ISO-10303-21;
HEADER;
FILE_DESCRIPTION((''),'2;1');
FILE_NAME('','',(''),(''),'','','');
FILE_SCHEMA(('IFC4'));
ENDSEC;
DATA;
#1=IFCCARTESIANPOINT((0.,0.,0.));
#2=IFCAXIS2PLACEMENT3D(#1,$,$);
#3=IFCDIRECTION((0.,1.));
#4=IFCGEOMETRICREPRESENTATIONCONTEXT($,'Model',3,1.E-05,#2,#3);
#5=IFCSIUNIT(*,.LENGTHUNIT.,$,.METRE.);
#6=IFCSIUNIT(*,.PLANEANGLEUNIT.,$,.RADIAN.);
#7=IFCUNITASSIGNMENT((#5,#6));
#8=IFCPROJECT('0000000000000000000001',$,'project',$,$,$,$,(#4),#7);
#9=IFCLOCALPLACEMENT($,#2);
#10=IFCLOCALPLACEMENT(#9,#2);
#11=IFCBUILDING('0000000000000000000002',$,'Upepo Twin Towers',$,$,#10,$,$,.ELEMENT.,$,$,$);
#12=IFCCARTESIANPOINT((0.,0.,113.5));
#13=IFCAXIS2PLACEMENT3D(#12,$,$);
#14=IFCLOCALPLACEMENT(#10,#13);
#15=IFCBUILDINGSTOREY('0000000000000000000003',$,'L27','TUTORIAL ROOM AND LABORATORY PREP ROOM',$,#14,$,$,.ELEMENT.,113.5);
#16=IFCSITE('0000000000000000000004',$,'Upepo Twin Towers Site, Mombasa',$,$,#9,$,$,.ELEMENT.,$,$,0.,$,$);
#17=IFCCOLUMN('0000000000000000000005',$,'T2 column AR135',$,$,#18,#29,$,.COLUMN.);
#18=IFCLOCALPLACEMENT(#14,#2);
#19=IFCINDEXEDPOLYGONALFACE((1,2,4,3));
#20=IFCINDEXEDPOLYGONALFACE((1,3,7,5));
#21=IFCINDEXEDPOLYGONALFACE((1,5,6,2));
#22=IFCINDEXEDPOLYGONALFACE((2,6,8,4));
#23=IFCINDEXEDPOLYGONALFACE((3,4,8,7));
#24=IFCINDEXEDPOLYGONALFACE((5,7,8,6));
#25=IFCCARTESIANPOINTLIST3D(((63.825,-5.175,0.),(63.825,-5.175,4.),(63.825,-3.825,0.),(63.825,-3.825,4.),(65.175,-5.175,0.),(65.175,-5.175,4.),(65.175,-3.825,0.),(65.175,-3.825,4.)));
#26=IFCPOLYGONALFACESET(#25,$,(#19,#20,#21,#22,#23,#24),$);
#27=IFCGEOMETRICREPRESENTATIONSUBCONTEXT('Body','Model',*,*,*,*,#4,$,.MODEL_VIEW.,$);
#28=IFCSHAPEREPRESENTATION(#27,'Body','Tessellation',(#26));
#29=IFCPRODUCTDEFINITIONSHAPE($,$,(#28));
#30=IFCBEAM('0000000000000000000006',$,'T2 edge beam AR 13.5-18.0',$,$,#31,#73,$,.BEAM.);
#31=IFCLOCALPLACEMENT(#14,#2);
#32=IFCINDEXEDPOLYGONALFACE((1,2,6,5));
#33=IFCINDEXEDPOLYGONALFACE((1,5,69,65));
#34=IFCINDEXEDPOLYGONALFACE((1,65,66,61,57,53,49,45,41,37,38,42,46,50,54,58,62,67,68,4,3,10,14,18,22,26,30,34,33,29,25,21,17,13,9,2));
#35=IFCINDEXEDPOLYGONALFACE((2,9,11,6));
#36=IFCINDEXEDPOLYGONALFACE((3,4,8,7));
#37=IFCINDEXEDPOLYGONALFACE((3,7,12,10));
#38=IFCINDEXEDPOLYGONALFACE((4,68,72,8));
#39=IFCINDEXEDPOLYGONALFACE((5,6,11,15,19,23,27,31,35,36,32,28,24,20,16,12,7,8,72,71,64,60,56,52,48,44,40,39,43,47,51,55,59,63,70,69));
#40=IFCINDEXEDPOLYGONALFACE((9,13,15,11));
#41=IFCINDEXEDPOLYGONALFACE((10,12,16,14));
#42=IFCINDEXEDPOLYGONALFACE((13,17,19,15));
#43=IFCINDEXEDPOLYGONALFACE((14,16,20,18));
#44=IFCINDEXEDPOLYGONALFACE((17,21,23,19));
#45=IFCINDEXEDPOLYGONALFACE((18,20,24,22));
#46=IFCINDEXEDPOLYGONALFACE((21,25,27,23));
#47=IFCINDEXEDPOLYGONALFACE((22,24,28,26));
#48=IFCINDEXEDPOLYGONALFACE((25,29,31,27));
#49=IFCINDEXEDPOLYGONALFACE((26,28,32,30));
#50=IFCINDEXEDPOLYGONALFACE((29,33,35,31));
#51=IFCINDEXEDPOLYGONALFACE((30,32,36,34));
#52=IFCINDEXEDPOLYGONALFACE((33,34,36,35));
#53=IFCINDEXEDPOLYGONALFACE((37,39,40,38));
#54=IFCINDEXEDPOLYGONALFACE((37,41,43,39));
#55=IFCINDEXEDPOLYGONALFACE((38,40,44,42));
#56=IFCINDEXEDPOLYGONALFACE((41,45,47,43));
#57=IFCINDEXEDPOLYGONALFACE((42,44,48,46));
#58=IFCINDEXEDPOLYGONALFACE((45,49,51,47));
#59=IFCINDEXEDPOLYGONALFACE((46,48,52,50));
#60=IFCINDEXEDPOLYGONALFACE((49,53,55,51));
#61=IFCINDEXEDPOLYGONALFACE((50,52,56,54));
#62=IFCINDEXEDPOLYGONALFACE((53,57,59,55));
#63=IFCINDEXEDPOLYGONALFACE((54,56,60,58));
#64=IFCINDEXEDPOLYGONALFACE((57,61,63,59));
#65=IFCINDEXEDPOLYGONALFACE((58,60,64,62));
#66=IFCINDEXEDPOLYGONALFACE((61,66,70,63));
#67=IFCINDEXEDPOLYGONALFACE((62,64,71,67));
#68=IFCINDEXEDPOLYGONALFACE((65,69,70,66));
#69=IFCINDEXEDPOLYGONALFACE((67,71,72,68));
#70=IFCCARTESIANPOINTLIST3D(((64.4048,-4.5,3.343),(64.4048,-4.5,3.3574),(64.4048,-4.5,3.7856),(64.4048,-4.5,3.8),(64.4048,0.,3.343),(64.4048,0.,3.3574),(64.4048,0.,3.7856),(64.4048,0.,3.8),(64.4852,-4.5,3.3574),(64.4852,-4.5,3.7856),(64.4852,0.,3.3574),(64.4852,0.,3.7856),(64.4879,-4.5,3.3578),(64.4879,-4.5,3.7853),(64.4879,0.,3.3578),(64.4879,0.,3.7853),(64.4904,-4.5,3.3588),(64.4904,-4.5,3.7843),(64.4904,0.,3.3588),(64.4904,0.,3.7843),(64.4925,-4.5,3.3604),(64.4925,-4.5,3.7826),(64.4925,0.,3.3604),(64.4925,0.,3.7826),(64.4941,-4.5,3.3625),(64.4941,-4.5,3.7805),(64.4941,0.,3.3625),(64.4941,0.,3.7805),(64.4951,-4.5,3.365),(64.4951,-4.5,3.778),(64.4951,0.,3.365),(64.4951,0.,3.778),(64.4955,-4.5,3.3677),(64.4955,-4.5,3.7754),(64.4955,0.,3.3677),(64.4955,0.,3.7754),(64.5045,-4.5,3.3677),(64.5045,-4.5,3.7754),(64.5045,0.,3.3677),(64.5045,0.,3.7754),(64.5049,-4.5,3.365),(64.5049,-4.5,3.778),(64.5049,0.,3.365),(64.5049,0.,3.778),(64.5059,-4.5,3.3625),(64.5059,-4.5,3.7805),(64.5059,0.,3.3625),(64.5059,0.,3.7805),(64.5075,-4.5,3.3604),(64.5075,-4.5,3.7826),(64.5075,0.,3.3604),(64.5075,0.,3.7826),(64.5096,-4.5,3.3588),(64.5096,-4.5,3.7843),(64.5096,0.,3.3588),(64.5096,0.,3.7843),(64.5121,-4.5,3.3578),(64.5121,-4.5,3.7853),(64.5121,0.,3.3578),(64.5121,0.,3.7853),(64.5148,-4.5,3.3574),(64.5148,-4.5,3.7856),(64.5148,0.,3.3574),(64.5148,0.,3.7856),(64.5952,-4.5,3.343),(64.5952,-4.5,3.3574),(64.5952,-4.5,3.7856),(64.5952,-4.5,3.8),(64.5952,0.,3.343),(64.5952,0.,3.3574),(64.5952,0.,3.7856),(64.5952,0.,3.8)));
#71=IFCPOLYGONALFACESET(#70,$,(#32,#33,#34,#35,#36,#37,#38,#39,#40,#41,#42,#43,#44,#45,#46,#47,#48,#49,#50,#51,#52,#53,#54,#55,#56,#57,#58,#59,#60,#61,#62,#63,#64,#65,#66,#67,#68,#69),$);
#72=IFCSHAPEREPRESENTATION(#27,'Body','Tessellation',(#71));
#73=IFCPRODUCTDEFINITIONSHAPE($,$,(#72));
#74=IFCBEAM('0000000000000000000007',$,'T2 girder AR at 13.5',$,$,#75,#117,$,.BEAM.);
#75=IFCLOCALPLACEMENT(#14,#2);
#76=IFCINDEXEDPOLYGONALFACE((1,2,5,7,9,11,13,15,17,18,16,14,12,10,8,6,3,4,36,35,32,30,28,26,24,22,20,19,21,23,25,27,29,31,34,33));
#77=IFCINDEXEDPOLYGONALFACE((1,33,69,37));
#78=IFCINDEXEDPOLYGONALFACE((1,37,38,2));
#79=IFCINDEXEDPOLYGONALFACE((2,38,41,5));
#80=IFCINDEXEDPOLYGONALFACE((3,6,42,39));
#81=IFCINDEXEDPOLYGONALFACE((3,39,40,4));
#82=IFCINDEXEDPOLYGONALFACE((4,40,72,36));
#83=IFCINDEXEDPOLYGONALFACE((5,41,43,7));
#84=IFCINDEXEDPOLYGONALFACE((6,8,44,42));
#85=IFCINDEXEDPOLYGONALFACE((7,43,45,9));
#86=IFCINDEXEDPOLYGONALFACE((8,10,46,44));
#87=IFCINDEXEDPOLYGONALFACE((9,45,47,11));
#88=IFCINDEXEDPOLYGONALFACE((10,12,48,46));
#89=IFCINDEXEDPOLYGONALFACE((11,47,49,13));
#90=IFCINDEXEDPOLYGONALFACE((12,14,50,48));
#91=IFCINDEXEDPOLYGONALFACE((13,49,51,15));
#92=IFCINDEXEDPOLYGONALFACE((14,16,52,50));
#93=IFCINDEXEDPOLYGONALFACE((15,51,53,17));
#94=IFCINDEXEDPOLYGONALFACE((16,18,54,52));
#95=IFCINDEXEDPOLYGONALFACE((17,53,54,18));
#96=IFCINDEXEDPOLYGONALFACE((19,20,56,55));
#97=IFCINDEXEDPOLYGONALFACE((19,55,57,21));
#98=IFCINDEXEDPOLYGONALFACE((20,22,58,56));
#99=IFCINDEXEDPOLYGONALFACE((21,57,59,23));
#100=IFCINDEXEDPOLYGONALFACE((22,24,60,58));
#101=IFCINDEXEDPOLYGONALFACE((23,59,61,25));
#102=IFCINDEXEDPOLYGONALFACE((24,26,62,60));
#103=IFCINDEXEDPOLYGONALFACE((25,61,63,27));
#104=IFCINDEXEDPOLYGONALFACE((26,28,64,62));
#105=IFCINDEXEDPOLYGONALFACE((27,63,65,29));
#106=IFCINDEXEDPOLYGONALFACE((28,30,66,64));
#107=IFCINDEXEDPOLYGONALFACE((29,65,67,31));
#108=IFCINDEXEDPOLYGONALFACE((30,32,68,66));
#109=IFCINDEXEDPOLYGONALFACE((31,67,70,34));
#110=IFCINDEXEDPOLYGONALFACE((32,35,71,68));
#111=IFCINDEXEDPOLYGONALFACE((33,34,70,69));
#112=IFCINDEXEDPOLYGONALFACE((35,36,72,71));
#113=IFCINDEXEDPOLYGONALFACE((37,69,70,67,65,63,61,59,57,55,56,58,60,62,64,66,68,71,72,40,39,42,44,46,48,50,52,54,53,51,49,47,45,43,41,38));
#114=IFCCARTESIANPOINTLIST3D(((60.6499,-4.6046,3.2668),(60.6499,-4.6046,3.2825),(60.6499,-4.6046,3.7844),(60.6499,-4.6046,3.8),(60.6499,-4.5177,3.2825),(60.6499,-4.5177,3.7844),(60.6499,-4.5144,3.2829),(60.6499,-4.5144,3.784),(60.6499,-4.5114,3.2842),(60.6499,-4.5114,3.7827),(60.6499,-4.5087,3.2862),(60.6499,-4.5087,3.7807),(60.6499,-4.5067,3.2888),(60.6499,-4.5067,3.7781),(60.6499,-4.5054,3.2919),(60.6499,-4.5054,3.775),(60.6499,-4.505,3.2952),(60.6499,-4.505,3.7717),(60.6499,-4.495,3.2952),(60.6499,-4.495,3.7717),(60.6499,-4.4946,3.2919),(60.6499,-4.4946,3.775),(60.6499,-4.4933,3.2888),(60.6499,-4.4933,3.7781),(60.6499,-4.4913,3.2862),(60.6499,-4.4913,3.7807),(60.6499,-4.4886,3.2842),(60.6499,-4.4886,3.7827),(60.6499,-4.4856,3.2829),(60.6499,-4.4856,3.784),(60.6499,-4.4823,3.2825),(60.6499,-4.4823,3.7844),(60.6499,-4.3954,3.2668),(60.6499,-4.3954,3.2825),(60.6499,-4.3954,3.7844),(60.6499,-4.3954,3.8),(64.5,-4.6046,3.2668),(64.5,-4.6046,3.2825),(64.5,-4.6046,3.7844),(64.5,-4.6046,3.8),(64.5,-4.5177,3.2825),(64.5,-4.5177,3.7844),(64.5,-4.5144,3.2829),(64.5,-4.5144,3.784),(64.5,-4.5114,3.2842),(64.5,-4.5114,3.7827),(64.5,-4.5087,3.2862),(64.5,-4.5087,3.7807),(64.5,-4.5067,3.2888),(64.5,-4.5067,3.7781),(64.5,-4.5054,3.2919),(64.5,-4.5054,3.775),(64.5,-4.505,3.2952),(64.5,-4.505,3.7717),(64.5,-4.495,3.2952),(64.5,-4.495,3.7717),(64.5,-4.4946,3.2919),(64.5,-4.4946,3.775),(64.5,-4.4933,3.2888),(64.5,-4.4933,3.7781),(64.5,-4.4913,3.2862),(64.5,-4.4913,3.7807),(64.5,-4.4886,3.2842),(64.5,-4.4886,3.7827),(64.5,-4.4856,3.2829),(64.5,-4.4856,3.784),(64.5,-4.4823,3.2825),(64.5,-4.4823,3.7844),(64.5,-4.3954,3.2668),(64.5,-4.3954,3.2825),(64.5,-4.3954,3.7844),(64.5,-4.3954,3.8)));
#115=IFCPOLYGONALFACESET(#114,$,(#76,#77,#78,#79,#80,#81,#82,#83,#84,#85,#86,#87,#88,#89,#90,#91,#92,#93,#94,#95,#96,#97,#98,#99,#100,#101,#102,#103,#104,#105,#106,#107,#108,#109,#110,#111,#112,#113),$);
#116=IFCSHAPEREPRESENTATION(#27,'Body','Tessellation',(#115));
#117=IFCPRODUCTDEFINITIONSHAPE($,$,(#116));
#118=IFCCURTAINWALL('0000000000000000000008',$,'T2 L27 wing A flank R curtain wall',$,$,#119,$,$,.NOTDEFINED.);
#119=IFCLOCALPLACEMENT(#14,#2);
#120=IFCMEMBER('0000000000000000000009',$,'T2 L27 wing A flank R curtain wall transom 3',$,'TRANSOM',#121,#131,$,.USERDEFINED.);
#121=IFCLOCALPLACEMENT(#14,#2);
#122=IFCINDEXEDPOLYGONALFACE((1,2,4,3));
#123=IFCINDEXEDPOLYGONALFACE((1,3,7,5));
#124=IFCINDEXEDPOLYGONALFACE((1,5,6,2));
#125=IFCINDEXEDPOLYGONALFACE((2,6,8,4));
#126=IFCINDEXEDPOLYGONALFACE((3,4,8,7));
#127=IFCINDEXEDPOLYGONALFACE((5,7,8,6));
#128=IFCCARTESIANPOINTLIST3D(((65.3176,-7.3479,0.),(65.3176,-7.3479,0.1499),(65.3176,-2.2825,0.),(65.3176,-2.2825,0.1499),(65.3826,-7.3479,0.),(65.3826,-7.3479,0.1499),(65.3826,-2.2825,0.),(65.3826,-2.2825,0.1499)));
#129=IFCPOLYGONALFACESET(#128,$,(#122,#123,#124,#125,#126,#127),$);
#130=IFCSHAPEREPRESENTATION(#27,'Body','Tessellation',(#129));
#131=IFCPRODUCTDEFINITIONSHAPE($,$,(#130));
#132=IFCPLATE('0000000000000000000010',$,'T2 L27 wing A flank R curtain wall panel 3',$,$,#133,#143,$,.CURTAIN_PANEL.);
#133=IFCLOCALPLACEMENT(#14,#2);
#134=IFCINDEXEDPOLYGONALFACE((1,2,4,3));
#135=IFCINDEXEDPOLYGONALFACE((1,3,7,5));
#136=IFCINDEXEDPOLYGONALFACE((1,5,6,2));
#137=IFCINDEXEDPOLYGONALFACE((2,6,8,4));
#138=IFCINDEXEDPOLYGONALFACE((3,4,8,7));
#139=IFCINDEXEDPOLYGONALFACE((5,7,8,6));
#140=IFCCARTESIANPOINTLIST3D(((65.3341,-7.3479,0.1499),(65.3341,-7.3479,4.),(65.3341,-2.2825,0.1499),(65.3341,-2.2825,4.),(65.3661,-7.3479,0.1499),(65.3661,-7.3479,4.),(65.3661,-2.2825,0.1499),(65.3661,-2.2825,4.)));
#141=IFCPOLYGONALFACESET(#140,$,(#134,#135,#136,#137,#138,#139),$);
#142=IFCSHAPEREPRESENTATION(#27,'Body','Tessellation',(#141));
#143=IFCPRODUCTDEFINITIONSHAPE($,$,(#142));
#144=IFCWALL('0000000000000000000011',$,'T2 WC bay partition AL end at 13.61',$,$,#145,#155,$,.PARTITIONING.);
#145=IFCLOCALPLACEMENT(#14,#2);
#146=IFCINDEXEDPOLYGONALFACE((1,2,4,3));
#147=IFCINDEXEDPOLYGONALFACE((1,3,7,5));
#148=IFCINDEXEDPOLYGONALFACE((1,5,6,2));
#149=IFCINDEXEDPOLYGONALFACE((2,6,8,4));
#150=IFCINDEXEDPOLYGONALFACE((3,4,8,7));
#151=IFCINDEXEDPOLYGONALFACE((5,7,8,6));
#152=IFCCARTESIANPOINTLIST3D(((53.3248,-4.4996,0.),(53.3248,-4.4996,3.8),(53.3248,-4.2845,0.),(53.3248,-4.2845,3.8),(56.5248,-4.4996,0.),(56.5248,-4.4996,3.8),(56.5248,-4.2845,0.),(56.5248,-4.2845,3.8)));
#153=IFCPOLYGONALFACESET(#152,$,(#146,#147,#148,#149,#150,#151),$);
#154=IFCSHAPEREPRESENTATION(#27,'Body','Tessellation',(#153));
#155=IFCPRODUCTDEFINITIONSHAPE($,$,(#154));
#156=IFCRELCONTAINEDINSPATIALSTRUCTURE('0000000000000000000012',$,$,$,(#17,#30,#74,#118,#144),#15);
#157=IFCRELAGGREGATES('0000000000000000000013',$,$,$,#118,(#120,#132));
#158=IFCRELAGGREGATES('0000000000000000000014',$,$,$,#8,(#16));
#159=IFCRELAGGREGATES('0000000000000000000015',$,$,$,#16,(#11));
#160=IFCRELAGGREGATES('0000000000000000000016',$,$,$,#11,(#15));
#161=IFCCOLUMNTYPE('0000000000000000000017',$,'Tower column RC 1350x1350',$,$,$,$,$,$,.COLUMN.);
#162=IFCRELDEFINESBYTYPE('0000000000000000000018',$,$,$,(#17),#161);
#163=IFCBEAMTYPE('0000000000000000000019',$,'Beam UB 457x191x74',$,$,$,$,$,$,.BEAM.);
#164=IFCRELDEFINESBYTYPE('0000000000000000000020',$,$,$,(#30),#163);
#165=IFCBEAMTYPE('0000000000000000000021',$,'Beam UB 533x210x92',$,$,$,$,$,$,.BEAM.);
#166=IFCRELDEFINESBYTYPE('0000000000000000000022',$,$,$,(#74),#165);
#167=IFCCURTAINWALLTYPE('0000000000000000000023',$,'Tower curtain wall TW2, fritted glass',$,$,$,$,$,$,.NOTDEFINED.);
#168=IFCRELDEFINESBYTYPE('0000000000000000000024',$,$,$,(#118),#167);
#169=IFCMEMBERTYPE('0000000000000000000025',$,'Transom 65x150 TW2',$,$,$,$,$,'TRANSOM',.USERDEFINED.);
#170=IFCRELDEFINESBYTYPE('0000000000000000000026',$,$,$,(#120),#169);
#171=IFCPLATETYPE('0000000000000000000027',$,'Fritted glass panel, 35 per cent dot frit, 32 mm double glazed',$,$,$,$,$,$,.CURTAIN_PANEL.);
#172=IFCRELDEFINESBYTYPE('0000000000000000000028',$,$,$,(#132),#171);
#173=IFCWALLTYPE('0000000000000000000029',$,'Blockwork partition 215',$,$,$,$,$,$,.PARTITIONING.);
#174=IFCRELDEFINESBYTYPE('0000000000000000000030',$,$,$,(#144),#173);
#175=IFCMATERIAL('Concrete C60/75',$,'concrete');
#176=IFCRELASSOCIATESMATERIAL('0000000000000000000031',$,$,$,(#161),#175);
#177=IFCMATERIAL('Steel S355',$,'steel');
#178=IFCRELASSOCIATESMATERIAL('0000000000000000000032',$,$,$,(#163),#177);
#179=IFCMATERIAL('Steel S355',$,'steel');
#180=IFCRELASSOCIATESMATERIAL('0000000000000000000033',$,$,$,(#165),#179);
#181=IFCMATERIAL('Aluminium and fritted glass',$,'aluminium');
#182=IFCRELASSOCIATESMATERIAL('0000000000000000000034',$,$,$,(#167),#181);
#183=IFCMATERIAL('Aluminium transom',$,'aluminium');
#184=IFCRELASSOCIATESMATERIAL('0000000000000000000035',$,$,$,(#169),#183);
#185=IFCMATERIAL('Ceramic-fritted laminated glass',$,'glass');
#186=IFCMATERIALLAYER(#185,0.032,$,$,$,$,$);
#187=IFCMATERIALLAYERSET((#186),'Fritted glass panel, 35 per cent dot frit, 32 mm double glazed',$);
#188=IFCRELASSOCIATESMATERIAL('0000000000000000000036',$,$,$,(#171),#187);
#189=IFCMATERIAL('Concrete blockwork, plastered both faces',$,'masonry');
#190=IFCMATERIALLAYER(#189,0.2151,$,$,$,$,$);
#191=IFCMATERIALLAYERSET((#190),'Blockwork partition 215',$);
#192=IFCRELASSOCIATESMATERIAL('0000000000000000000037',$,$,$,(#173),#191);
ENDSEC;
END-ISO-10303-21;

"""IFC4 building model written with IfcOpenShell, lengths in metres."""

from ifc_helpers import new_model, si_unit, direction, frame, frame_2d, origin, origin_2d, place, context, subcontext, project, spatial, rectangle, i_section, extrude, material, layer, layer_set, material_profile, profile_set, type_object, element, aggregate, save


model = new_model("IFC4")

# Units and contexts
model_context = context("Model", 3, precision=1e-05, world=origin(), true_north=direction((0.0, 1.0)))
body_context = subcontext(model_context, "Body", "Model", "MODEL_VIEW")
ifc_project = project(units=[si_unit("LENGTHUNIT", "METRE"), si_unit("PLANEANGLEUNIT", "RADIAN")], contexts=[model_context])

# Site, building, storey
site_placement = place(None, origin())
site = spatial("IfcSite", under=ifc_project, at=site_placement, Name="Upepo Twin Towers Site, Mombasa", CompositionType="ELEMENT", RefElevation=0.0)
building_placement = place(site_placement, origin())
building = spatial("IfcBuilding", under=site, at=building_placement, Name="Upepo Twin Towers", CompositionType="ELEMENT")
storey_placement = place(building_placement, frame((0.0, 0.0, 113.5)))
storey = spatial("IfcBuildingStorey", under=building, at=storey_placement, Name="L27", Description="TUTORIAL ROOM AND LABORATORY PREP ROOM", CompositionType="ELEMENT", Elevation=113.5)

# Column
ifc_material_1 = material(Name="Concrete C60/75", Category="concrete")
ifc_material_profile_1 = material_profile(ifc_material_1, rectangle(XDim=1.3501, YDim=1.3501, at=origin_2d()), Name="RC 1350x1350")
ifc_profile_set_1 = profile_set([ifc_material_profile_1], Name="Concrete C60/75")
column_type = type_object("IfcColumnType", Name="Tower column RC 1350x1350", PredefinedType="COLUMN", material=ifc_profile_set_1)
column_placement = place(storey_placement, frame((64.5, -4.5, 0.0), z_axis=(0.0, 0.0, 1.0), x_axis=(1.0, 0.0, 0.0)))
element("IfcColumn", 1, at=column_placement, inside=storey, type_object=column_type, Name="T2 column AR135", PredefinedType="COLUMN", context=body_context, shape_type="SweptSolid", body=[
    extrude(rectangle(XDim=1.3501, YDim=1.3501, at=origin_2d()), origin(), (0.0, 0.0, 1.0), 4.0),
])

# Beams
ifc_material_2 = material(Name="Steel S355", Category="steel")
ifc_material_profile_2 = material_profile(ifc_material_2, i_section(OverallWidth=0.1904, OverallDepth=0.457, WebThickness=0.009, FlangeThickness=0.0144, FilletRadius=0.0103, at=origin_2d()), Name="UB 457x191x74")
ifc_profile_set_2 = profile_set([ifc_material_profile_2], Name="Steel S355")
beam_type_1 = type_object("IfcBeamType", Name="Beam UB 457x191x74", PredefinedType="BEAM", material=ifc_profile_set_2)
beam_1_placement = place(storey_placement, frame((64.5, -4.5, 3.5715), z_axis=(0.0, 1.0, 0.0), x_axis=(-1.0, 0.0, 0.0)))
element("IfcBeam", 2, at=beam_1_placement, inside=storey, type_object=beam_type_1, Name="T2 edge beam AR 13.5-18.0", PredefinedType="BEAM", context=body_context, shape_type="SweptSolid", body=[
    extrude(i_section(OverallWidth=0.1904, OverallDepth=0.457, WebThickness=0.009, FlangeThickness=0.0144, FilletRadius=0.0103, at=origin_2d()), origin(), (0.0, 0.0, 1.0), 4.5),
])
ifc_material_3 = material(Name="Steel S355", Category="steel")
ifc_material_profile_3 = material_profile(ifc_material_3, i_section(OverallWidth=0.2092, OverallDepth=0.5332, WebThickness=0.01, FlangeThickness=0.0156, FilletRadius=0.0127, at=origin_2d()), Name="UB 533x210x92")
ifc_profile_set_3 = profile_set([ifc_material_profile_3], Name="Steel S355")
beam_type_2 = type_object("IfcBeamType", Name="Beam UB 533x210x92", PredefinedType="BEAM", material=ifc_profile_set_3)
beam_2_placement = place(storey_placement, frame((64.5, -4.5, 3.5334), z_axis=(-1.0, 0.0, 0.0), x_axis=(0.0, -1.0, 0.0)))
element("IfcBeam", 3, at=beam_2_placement, inside=storey, type_object=beam_type_2, Name="T2 girder AR at 13.5", PredefinedType="BEAM", context=body_context, shape_type="SweptSolid", body=[
    extrude(i_section(OverallWidth=0.2092, OverallDepth=0.5332, WebThickness=0.01, FlangeThickness=0.0156, FilletRadius=0.0127, at=origin_2d()), origin(), (0.0, 0.0, 1.0), 3.8501),
])

# Curtain wall, member, plate
ifc_material_4 = material(Name="Aluminium and fritted glass", Category="aluminium")
curtain_wall_type = type_object("IfcCurtainWallType", Name="Tower curtain wall TW2, fritted glass", PredefinedType="NOTDEFINED", material=ifc_material_4)
curtain_wall_placement = place(storey_placement, origin())
curtain_wall = element("IfcCurtainWall", 4, at=curtain_wall_placement, inside=storey, type_object=curtain_wall_type, Name="T2 L27 wing A flank R curtain wall", PredefinedType="NOTDEFINED")
ifc_material_5 = material(Name="Aluminium transom", Category="aluminium")
ifc_material_profile_4 = material_profile(ifc_material_5, rectangle(XDim=0.0649, YDim=0.1499, at=origin_2d()), Name="TRANSOM 65x150")
ifc_profile_set_4 = profile_set([ifc_material_profile_4], Name="Aluminium transom")
member_type = type_object("IfcMemberType", Name="Transom 65x150 TW2", ElementType="TRANSOM", PredefinedType="USERDEFINED", material=ifc_profile_set_4)
member_placement = place(storey_placement, frame((65.3501, -2.2825, 0.075), z_axis=(0.0, -1.0, 0.0), x_axis=(1.0, 0.0, 0.0)))
member = element("IfcMember", 5, at=member_placement, type_object=member_type, Name="T2 L27 wing A flank R curtain wall transom 3", ObjectType="TRANSOM", PredefinedType="USERDEFINED", context=body_context, shape_type="SweptSolid", body=[
    extrude(rectangle(XDim=0.0649, YDim=0.1499, at=origin_2d()), origin(), (0.0, 0.0, 1.0), 5.0654),
])
ifc_material_6 = material(Name="Ceramic-fritted laminated glass", Category="glass")
ifc_layer_1 = layer(ifc_material_6, 0.032)
ifc_layer_set_1 = layer_set([ifc_layer_1], Name="Fritted glass panel, 35 per cent dot frit, 32 mm double glazed")
plate_type = type_object("IfcPlateType", Name="Fritted glass panel, 35 per cent dot frit, 32 mm double glazed", PredefinedType="CURTAIN_PANEL", material=ifc_layer_set_1)
plate_placement = place(storey_placement, frame((65.3501, -4.8152, 0.1499), z_axis=(0.0, 0.0, 1.0), x_axis=(0.0, -1.0, 0.0)))
plate = element("IfcPlate", 6, at=plate_placement, type_object=plate_type, Name="T2 L27 wing A flank R curtain wall panel 3", PredefinedType="CURTAIN_PANEL", context=body_context, shape_type="SweptSolid", body=[
    extrude(rectangle(XDim=5.0654, YDim=0.032, at=origin_2d()), origin(), (0.0, 0.0, 1.0), 3.8501),
])
aggregate(curtain_wall, [member, plate])

# Wall
ifc_material_7 = material(Name="Concrete blockwork, plastered both faces", Category="masonry")
ifc_layer_2 = layer(ifc_material_7, 0.2151)
ifc_layer_set_2 = layer_set([ifc_layer_2], Name="Blockwork partition 215")
wall_type_1 = type_object("IfcWallType", Name="Blockwork partition 215", PredefinedType="PARTITIONING", material=ifc_layer_set_2)
wall_1_placement = place(storey_placement, frame((56.5249, -4.3921, 0.0), z_axis=(0.0, 0.0, 1.0), x_axis=(-1.0, 0.0, 0.0)))
element("IfcWall", 7, at=wall_1_placement, inside=storey, type_object=wall_type_1, Name="T2 WC bay partition AL end at 13.61", PredefinedType="PARTITIONING", context=body_context, shape_type="SweptSolid", body=[
    extrude(rectangle(XDim=3.2, YDim=0.2151, at=frame_2d((1.6001, 0.0))), origin(), (0.0, 0.0, 1.0), 3.8),
])

save(model, "model.ifc")
